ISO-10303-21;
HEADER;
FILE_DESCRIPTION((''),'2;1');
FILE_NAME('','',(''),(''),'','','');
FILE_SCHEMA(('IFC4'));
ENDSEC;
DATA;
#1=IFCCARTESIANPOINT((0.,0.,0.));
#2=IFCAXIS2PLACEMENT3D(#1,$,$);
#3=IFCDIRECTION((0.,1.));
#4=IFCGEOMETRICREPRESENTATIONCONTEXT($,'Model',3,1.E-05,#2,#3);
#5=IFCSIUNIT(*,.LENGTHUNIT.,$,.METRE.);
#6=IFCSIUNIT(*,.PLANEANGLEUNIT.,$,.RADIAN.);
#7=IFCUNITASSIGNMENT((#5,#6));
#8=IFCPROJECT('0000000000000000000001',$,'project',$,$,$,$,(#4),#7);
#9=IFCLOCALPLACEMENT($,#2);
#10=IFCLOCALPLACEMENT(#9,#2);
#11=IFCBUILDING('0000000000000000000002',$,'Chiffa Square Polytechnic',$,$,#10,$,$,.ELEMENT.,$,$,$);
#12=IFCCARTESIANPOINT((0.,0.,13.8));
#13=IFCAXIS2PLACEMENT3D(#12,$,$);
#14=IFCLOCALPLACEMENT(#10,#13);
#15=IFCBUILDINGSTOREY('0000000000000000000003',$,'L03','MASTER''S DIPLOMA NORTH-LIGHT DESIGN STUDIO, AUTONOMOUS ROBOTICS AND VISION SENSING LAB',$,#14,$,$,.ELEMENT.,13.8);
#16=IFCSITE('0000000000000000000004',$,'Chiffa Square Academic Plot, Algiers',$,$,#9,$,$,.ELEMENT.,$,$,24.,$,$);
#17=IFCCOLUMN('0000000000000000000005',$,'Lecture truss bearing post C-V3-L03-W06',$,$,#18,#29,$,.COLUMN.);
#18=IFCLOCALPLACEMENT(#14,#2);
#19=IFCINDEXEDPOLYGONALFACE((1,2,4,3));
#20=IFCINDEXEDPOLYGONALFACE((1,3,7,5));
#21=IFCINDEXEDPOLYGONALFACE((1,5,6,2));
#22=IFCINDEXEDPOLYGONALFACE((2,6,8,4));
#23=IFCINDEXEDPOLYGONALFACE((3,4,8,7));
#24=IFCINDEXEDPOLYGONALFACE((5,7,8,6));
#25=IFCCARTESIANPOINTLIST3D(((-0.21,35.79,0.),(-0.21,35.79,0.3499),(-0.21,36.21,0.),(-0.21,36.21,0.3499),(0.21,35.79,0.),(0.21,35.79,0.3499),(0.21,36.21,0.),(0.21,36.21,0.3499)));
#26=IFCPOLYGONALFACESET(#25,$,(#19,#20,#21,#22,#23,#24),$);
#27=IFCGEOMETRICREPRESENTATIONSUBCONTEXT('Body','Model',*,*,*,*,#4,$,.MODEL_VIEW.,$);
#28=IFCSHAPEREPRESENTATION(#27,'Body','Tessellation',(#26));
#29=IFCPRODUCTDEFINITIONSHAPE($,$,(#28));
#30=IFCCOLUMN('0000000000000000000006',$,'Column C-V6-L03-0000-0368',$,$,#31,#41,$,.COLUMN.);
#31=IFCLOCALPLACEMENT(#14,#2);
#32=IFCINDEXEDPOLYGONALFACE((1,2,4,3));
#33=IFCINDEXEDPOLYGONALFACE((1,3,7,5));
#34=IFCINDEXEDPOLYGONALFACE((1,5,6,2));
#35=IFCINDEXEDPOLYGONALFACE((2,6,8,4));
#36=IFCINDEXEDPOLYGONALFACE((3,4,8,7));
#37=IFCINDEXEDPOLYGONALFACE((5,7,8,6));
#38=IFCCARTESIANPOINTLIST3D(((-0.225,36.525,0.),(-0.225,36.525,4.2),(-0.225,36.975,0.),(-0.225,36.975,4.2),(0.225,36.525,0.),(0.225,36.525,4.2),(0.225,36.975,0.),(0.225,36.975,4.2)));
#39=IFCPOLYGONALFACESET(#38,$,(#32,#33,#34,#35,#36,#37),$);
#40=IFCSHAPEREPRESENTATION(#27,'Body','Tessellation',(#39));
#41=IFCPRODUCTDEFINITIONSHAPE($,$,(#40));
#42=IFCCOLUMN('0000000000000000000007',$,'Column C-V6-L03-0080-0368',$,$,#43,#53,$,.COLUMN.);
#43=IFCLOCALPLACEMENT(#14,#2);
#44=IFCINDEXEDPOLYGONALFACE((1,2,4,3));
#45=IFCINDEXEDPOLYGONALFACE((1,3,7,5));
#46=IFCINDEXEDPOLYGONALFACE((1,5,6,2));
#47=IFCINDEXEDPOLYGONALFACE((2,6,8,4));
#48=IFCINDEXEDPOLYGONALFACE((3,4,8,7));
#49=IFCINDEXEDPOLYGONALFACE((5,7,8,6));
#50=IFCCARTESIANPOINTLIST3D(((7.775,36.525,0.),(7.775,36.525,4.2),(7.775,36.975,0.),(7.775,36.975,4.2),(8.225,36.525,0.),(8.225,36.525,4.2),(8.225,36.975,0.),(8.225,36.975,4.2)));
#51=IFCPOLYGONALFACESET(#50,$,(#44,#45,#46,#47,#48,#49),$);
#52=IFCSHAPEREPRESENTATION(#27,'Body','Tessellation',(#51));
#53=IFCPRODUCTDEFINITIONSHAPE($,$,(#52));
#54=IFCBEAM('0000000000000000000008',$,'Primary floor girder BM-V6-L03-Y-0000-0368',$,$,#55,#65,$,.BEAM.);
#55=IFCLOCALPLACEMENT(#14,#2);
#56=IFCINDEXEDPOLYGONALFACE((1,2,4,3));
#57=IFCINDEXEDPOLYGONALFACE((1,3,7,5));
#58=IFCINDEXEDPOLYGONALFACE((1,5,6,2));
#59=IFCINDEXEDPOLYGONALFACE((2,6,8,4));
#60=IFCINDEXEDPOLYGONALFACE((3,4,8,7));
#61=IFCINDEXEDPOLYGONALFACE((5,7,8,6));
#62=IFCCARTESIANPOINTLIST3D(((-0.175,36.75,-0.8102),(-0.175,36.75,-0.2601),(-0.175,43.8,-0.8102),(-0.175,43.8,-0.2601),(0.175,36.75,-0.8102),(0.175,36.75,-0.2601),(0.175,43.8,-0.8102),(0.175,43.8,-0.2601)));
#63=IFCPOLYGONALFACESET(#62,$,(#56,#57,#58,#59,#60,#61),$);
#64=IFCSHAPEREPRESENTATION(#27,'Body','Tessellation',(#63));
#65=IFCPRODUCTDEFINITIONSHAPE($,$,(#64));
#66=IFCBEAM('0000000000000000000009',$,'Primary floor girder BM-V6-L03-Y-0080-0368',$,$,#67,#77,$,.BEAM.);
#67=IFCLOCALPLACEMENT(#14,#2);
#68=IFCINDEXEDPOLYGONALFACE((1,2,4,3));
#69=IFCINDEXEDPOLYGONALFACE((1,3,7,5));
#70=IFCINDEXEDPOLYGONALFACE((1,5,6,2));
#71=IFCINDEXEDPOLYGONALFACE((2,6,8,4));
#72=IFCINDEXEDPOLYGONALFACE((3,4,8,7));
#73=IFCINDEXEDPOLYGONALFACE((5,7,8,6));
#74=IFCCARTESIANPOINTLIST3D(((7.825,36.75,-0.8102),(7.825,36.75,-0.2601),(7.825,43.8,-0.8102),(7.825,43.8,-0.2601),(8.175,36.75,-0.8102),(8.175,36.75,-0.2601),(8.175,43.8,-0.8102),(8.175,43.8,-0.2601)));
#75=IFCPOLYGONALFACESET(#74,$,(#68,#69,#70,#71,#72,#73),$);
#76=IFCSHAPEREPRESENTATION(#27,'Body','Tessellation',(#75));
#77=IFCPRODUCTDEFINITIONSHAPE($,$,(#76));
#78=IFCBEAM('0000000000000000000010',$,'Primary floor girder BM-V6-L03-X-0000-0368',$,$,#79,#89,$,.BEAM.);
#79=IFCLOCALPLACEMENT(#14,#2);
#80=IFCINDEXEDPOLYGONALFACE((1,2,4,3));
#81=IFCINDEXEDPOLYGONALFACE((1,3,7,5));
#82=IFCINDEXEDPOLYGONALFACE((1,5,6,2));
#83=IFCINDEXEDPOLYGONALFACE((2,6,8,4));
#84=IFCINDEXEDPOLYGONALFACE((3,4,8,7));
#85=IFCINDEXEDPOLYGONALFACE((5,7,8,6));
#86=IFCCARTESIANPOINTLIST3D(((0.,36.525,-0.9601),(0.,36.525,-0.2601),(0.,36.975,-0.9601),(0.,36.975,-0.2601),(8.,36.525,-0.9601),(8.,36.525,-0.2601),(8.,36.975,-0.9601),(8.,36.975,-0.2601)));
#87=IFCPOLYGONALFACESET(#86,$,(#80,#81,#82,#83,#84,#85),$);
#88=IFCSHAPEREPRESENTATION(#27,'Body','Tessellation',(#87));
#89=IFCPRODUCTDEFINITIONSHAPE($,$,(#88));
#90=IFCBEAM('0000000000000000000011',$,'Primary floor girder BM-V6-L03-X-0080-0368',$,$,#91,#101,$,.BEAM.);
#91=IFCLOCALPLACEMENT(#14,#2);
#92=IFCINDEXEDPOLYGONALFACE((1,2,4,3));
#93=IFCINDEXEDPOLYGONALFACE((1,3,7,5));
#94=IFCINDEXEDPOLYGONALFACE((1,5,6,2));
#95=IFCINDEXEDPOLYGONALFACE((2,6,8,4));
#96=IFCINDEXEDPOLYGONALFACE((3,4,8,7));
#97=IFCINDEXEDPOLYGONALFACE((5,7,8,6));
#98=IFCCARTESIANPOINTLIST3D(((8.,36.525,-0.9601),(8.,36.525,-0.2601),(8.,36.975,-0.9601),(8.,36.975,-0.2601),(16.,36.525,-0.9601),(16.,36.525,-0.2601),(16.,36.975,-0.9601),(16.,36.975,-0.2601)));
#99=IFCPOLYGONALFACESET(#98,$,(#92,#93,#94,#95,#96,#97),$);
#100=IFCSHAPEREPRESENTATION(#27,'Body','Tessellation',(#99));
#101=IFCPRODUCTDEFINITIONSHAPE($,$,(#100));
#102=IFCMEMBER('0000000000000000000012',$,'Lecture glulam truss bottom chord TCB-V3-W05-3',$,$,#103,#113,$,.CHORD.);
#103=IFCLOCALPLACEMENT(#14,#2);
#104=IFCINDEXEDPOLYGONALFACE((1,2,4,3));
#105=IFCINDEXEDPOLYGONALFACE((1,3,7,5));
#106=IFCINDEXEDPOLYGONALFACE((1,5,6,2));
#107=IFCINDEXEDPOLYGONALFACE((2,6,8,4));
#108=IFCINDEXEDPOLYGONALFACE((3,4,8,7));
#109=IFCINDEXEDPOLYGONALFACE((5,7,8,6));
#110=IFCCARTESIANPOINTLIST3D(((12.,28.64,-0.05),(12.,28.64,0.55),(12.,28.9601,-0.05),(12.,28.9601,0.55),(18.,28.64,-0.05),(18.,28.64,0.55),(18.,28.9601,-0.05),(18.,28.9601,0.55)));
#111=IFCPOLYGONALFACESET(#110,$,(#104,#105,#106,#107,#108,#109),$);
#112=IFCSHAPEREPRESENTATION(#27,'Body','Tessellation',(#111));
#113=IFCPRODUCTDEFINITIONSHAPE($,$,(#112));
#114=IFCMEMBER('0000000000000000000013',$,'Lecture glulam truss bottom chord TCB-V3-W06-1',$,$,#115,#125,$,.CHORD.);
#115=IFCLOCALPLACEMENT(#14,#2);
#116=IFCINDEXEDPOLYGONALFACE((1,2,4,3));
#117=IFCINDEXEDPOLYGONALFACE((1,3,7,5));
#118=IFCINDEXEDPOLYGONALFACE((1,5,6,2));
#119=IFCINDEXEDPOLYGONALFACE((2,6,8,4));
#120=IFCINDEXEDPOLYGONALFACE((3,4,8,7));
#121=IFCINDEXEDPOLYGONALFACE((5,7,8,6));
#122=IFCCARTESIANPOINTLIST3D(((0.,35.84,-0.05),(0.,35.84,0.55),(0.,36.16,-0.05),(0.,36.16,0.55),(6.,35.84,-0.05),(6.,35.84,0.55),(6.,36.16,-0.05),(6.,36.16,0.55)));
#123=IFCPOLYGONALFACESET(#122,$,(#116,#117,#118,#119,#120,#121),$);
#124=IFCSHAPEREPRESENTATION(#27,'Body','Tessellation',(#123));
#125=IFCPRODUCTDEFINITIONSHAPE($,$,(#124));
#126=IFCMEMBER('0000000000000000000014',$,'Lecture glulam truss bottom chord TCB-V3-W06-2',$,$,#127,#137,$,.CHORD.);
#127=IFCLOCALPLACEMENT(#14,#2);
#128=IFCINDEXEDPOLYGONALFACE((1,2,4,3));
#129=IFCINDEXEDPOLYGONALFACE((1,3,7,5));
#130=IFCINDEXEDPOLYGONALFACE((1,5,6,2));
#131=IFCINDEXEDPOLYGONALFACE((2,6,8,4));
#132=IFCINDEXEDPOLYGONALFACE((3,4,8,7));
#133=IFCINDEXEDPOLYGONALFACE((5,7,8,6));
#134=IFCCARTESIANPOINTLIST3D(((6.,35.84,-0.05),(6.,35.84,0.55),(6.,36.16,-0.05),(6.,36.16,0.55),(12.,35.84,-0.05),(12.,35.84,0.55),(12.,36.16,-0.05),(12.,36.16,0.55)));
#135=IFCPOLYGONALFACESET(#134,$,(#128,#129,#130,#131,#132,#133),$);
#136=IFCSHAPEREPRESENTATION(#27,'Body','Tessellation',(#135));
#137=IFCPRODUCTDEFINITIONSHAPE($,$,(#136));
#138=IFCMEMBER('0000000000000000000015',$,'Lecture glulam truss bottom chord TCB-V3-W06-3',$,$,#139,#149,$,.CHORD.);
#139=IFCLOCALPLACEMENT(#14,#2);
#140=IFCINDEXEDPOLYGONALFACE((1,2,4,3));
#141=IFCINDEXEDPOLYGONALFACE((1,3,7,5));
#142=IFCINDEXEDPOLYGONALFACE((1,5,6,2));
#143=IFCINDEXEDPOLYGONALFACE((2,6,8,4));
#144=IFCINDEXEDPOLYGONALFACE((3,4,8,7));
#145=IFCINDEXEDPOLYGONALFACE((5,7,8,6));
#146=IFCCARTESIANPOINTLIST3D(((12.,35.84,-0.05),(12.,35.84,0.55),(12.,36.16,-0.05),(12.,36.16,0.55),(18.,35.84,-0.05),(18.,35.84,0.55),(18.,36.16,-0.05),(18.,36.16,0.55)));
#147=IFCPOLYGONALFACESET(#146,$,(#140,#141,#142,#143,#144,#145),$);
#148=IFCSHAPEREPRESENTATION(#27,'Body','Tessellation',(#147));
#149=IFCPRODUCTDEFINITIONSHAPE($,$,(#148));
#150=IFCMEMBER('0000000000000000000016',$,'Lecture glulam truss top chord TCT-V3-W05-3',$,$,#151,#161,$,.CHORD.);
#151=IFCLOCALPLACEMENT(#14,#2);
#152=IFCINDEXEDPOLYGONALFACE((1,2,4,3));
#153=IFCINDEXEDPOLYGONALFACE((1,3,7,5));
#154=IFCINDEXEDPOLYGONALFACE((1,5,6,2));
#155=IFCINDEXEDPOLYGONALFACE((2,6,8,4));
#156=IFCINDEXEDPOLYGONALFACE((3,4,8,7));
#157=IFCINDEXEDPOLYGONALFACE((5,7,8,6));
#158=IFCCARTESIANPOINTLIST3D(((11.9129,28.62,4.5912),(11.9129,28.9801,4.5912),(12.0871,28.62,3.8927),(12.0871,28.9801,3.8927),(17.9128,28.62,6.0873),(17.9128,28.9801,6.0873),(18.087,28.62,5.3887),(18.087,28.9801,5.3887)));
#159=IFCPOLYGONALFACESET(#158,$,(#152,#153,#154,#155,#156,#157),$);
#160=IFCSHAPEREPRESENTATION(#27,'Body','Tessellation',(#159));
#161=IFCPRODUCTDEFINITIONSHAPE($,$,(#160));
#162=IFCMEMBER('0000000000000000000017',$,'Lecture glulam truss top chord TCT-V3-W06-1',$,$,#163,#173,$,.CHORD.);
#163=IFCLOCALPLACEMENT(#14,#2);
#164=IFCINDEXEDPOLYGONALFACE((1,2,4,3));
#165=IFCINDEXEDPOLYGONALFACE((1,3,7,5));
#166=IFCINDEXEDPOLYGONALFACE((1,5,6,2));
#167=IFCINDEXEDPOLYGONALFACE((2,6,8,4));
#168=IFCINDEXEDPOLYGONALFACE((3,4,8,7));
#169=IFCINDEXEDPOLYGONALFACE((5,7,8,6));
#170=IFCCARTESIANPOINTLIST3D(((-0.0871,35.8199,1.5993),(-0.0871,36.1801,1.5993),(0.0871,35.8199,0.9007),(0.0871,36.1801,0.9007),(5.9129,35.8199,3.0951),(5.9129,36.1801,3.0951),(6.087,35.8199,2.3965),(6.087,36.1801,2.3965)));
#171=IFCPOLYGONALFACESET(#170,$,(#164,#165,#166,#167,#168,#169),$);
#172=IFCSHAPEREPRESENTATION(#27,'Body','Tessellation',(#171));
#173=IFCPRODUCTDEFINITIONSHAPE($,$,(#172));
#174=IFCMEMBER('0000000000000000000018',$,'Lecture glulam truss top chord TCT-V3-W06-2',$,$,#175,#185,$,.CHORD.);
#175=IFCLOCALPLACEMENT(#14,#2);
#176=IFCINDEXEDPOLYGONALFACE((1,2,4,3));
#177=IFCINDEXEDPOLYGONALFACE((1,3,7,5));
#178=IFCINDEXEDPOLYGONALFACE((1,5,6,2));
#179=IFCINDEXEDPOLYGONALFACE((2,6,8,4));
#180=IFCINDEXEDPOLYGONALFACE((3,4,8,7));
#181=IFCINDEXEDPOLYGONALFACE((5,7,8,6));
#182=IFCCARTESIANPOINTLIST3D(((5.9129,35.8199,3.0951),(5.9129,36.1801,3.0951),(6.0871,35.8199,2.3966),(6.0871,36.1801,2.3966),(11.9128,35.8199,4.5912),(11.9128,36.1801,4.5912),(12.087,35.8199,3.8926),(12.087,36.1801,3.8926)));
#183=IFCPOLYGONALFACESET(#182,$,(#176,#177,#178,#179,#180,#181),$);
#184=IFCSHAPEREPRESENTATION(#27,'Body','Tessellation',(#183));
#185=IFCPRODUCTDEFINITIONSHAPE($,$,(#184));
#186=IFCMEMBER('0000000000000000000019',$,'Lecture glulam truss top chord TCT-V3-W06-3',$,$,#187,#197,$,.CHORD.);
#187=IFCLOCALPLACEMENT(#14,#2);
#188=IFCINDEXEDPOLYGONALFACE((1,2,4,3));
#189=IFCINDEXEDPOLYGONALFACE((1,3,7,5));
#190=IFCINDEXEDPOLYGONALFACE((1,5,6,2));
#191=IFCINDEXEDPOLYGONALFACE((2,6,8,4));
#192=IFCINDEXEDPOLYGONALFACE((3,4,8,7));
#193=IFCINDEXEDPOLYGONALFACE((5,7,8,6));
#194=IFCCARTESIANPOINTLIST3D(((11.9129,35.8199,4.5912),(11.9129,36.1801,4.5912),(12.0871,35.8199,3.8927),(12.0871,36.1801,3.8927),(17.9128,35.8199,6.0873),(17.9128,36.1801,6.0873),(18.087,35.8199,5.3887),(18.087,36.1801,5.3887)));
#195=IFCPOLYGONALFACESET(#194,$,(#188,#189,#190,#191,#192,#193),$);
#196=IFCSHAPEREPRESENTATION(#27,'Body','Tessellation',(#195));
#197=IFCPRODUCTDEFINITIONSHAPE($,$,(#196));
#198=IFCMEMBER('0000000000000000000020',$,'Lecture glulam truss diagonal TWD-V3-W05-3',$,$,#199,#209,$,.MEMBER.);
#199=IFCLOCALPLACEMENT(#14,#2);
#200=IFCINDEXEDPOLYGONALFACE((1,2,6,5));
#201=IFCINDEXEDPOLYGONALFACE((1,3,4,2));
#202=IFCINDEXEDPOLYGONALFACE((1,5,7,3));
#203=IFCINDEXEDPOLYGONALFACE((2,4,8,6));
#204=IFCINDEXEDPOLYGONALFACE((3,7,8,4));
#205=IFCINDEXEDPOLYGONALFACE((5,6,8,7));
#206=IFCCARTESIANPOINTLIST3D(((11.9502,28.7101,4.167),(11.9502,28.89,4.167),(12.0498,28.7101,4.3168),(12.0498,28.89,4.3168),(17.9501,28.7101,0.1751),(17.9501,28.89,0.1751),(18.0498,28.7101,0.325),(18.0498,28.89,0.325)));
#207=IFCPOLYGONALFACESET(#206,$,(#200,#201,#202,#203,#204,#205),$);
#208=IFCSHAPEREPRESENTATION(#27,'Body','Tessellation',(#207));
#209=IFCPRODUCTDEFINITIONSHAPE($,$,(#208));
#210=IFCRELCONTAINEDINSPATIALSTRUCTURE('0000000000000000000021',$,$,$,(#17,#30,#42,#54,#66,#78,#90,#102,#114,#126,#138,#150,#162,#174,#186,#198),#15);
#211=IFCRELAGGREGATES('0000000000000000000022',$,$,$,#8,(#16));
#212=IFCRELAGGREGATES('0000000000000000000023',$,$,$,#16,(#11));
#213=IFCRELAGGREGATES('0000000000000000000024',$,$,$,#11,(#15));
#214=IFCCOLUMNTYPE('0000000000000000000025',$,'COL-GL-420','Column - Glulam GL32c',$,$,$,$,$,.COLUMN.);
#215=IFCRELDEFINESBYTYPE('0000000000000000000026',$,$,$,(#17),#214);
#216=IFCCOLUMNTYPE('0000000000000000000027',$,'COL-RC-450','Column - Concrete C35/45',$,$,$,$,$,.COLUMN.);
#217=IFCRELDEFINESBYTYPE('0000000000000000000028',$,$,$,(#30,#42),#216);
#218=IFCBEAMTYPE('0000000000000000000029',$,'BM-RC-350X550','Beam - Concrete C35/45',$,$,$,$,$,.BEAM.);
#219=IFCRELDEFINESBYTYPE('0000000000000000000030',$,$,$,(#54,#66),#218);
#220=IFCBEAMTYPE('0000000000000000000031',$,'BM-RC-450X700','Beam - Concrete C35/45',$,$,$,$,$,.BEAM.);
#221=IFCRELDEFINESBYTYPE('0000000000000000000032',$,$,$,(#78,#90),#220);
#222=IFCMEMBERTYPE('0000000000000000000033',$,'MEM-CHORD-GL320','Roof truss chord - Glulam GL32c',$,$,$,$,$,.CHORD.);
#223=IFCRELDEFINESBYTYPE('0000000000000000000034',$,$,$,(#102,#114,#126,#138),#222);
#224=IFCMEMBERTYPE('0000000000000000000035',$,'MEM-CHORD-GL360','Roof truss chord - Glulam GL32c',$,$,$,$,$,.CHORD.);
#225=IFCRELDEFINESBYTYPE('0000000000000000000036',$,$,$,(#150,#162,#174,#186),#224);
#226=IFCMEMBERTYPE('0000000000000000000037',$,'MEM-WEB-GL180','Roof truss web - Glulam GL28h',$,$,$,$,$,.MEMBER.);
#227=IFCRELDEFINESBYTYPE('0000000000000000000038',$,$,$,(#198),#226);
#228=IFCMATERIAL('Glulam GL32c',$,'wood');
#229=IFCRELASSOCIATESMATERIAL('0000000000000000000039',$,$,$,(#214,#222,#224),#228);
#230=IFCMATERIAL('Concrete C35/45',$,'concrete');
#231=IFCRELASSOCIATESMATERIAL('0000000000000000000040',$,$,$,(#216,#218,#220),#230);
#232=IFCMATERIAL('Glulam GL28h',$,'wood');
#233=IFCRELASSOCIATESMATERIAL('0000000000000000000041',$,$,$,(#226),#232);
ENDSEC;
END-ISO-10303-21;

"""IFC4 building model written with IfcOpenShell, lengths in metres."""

from ifc_helpers import new_model, si_unit, direction, frame, origin, origin_2d, place, context, subcontext, project, spatial, rectangle, extrude, material, material_profile, profile_set, type_object, element, save


model = new_model("IFC4")

# Units and contexts
model_context = context("Model", 3, precision=1e-05, world=origin(), true_north=direction((0.0, 1.0)))
body_context = subcontext(model_context, "Body", "Model", "MODEL_VIEW")
ifc_project = project(units=[si_unit("LENGTHUNIT", "METRE"), si_unit("PLANEANGLEUNIT", "RADIAN")], contexts=[model_context])

# Site, building, storey
site_placement = place(None, origin())
site = spatial("IfcSite", under=ifc_project, at=site_placement, Name="Chiffa Square Academic Plot, Algiers", CompositionType="ELEMENT", RefElevation=24.0)
building_placement = place(site_placement, origin())
building = spatial("IfcBuilding", under=site, at=building_placement, Name="Chiffa Square Polytechnic", CompositionType="ELEMENT")
storey_placement = place(building_placement, frame((0.0, 0.0, 13.8)))
storey = spatial("IfcBuildingStorey", under=building, at=storey_placement, Name="L03", Description="MASTER'S DIPLOMA NORTH-LIGHT DESIGN STUDIO, AUTONOMOUS ROBOTICS AND VISION SENSING LAB", CompositionType="ELEMENT", Elevation=13.8)

# Columns
ifc_material_1 = material(Name="Glulam GL32c", Category="wood")
ifc_material_profile_1 = material_profile(ifc_material_1, rectangle(XDim=0.4199, YDim=0.4199, at=origin_2d()), Name="GL32c 420x420")
ifc_profile_set_1 = profile_set([ifc_material_profile_1], Name="Glulam GL32c")
column_type_1 = type_object("IfcColumnType", Name="COL-GL-420", Description="Column - Glulam GL32c", PredefinedType="COLUMN", material=ifc_profile_set_1)
column_placement = place(storey_placement, frame((0.0, 36.0, 0.0), z_axis=(0.0, 0.0, 1.0), x_axis=(1.0, 0.0, 0.0)))
element("IfcColumn", 1, at=column_placement, inside=storey, type_object=column_type_1, Name="Lecture truss bearing post C-V3-L03-W06", PredefinedType="COLUMN", context=body_context, shape_type="SweptSolid", body=[
    extrude(rectangle(XDim=0.4199, YDim=0.4199, at=origin_2d()), origin(), (0.0, 0.0, 1.0), 0.3499),
])
ifc_material_2 = material(Name="Concrete C35/45", Category="concrete")
ifc_material_profile_2 = material_profile(ifc_material_2, rectangle(XDim=0.45, YDim=0.45, at=origin_2d()), Name="RC 450x450")
ifc_profile_set_2 = profile_set([ifc_material_profile_2], Name="Concrete C35/45")
column_type_2 = type_object("IfcColumnType", Name="COL-RC-450", Description="Column - Concrete C35/45", PredefinedType="COLUMN", material=ifc_profile_set_2)
for number, where, z_axis, x_axis, name in (
    (2, (0.0, 36.75, 0.0), (0.0, 0.0, 1.0), (1.0, 0.0, 0.0), "Column C-V6-L03-0000-0368"),
    (3, (8.0, 36.75, 0.0), (0.0, 0.0, 1.0), (1.0, 0.0, 0.0), "Column C-V6-L03-0080-0368"),
):
    element("IfcColumn", number, at=place(storey_placement, frame(where, z_axis=z_axis, x_axis=x_axis)), inside=storey, type_object=column_type_2, Name=name, PredefinedType="COLUMN", context=body_context, shape_type="SweptSolid", body=[
        extrude(rectangle(XDim=0.45, YDim=0.45, at=origin_2d()), origin(), (0.0, 0.0, 1.0), 4.2),
    ])

# Beams
ifc_material_profile_3 = material_profile(ifc_material_2, rectangle(XDim=0.3501, YDim=0.55, at=origin_2d()), Name="RC 350x550")
ifc_profile_set_3 = profile_set([ifc_material_profile_3], Name="Concrete C35/45")
beam_type_1 = type_object("IfcBeamType", Name="BM-RC-350X550", Description="Beam - Concrete C35/45", PredefinedType="BEAM", material=ifc_profile_set_3)
for number, where, z_axis, x_axis, name in (
    (4, (0.0, 36.75, -0.5352), (0.0, 1.0, 0.0), (-1.0, 0.0, 0.0), "Primary floor girder BM-V6-L03-Y-0000-0368"),
    (5, (8.0, 36.75, -0.5352), (0.0, 1.0, 0.0), (-1.0, 0.0, 0.0), "Primary floor girder BM-V6-L03-Y-0080-0368"),
):
    element("IfcBeam", number, at=place(storey_placement, frame(where, z_axis=z_axis, x_axis=x_axis)), inside=storey, type_object=beam_type_1, Name=name, PredefinedType="BEAM", context=body_context, shape_type="SweptSolid", body=[
        extrude(rectangle(XDim=0.3501, YDim=0.55, at=origin_2d()), origin(), (0.0, 0.0, 1.0), 7.05),
    ])
ifc_material_profile_4 = material_profile(ifc_material_2, rectangle(XDim=0.45, YDim=0.7, at=origin_2d()), Name="RC 450x700")
ifc_profile_set_4 = profile_set([ifc_material_profile_4], Name="Concrete C35/45")
beam_type_2 = type_object("IfcBeamType", Name="BM-RC-450X700", Description="Beam - Concrete C35/45", PredefinedType="BEAM", material=ifc_profile_set_4)
for number, where, z_axis, x_axis, name in (
    (6, (0.0, 36.75, -0.6101), (1.0, 0.0, 0.0), (0.0, 1.0, 0.0), "Primary floor girder BM-V6-L03-X-0000-0368"),
    (7, (8.0, 36.75, -0.6101), (1.0, 0.0, 0.0), (0.0, 1.0, 0.0), "Primary floor girder BM-V6-L03-X-0080-0368"),
):
    element("IfcBeam", number, at=place(storey_placement, frame(where, z_axis=z_axis, x_axis=x_axis)), inside=storey, type_object=beam_type_2, Name=name, PredefinedType="BEAM", context=body_context, shape_type="SweptSolid", body=[
        extrude(rectangle(XDim=0.45, YDim=0.7, at=origin_2d()), origin(), (0.0, 0.0, 1.0), 8.0),
    ])

# Members
ifc_material_profile_5 = material_profile(ifc_material_1, rectangle(XDim=0.3201, YDim=0.6001, at=origin_2d()), Name="GL32c 320x600")
ifc_profile_set_5 = profile_set([ifc_material_profile_5], Name="Glulam GL32c")
member_type_1 = type_object("IfcMemberType", Name="MEM-CHORD-GL320", Description="Roof truss chord - Glulam GL32c", PredefinedType="CHORD", material=ifc_profile_set_5)
for number, where, z_axis, x_axis, name in (
    (8, (12.0, 28.8, 0.25), (1.0, 0.0, 0.0), (0.0, 1.0, 0.0), "Lecture glulam truss bottom chord TCB-V3-W05-3"),
    (9, (0.0, 36.0, 0.25), (1.0, 0.0, 0.0), (0.0, 1.0, 0.0), "Lecture glulam truss bottom chord TCB-V3-W06-1"),
    (10, (6.0, 36.0, 0.25), (1.0, 0.0, 0.0), (0.0, 1.0, 0.0), "Lecture glulam truss bottom chord TCB-V3-W06-2"),
    (11, (12.0, 36.0, 0.25), (1.0, 0.0, 0.0), (0.0, 1.0, 0.0), "Lecture glulam truss bottom chord TCB-V3-W06-3"),
):
    element("IfcMember", number, at=place(storey_placement, frame(where, z_axis=z_axis, x_axis=x_axis)), inside=storey, type_object=member_type_1, Name=name, PredefinedType="CHORD", context=body_context, shape_type="SweptSolid", body=[
        extrude(rectangle(XDim=0.3201, YDim=0.6001, at=origin_2d()), origin(), (0.0, 0.0, 1.0), 6.0),
    ])
ifc_material_profile_6 = material_profile(ifc_material_1, rectangle(XDim=0.3601, YDim=0.72, at=origin_2d()), Name="GL32c 360x720")
ifc_profile_set_6 = profile_set([ifc_material_profile_6], Name="Glulam GL32c")
member_type_2 = type_object("IfcMemberType", Name="MEM-CHORD-GL360", Description="Roof truss chord - Glulam GL32c", PredefinedType="CHORD", material=ifc_profile_set_6)
for number, where, z_axis, x_axis, name in (
    (12, (12.0, 28.8, 4.2419), (0.970291, 0.0, 0.241941), (0.0, 1.0, 0.0), "Lecture glulam truss top chord TCT-V3-W05-3"),
    (13, (0.0, 36.0, 1.25), (0.9703, 0.0, 0.241904), (0.0, 1.0, 0.0), "Lecture glulam truss top chord TCT-V3-W06-1"),
    (14, (6.0, 36.0, 2.7458), (0.970291, 0.0, 0.241941), (0.0, 1.0, 0.0), "Lecture glulam truss top chord TCT-V3-W06-2"),
    (15, (12.0, 36.0, 4.2419), (0.970291, 0.0, 0.241941), (0.0, 1.0, 0.0), "Lecture glulam truss top chord TCT-V3-W06-3"),
):
    element("IfcMember", number, at=place(storey_placement, frame(where, z_axis=z_axis, x_axis=x_axis)), inside=storey, type_object=member_type_2, Name=name, PredefinedType="CHORD", context=body_context, shape_type="SweptSolid", body=[
        extrude(rectangle(XDim=0.3601, YDim=0.72, at=origin_2d()), origin(), (0.0, 0.0, 1.0), 6.1836),
    ])
ifc_material_3 = material(Name="Glulam GL28h", Category="wood")
ifc_material_profile_7 = material_profile(ifc_material_3, rectangle(XDim=0.1799, YDim=0.1799, at=origin_2d()), Name="GL28h 180x180")
ifc_profile_set_7 = profile_set([ifc_material_profile_7], Name="Glulam GL28h")
member_type_3 = type_object("IfcMemberType", Name="MEM-WEB-GL180", Description="Roof truss web - Glulam GL28h", PredefinedType="MEMBER", material=ifc_profile_set_7)
member_1_placement = place(storey_placement, frame((12.0, 28.8, 4.2419), z_axis=(0.832566, 0.0, -0.553926), x_axis=(0.0, 1.0, 0.0)))
element("IfcMember", 16, at=member_1_placement, inside=storey, type_object=member_type_3, Name="Lecture glulam truss diagonal TWD-V3-W05-3", PredefinedType="MEMBER", context=body_context, shape_type="SweptSolid", body=[
    extrude(rectangle(XDim=0.1799, YDim=0.1799, at=origin_2d()), origin(), (0.0, 0.0, 1.0), 7.2065),
])

save(model, "model.ifc")
